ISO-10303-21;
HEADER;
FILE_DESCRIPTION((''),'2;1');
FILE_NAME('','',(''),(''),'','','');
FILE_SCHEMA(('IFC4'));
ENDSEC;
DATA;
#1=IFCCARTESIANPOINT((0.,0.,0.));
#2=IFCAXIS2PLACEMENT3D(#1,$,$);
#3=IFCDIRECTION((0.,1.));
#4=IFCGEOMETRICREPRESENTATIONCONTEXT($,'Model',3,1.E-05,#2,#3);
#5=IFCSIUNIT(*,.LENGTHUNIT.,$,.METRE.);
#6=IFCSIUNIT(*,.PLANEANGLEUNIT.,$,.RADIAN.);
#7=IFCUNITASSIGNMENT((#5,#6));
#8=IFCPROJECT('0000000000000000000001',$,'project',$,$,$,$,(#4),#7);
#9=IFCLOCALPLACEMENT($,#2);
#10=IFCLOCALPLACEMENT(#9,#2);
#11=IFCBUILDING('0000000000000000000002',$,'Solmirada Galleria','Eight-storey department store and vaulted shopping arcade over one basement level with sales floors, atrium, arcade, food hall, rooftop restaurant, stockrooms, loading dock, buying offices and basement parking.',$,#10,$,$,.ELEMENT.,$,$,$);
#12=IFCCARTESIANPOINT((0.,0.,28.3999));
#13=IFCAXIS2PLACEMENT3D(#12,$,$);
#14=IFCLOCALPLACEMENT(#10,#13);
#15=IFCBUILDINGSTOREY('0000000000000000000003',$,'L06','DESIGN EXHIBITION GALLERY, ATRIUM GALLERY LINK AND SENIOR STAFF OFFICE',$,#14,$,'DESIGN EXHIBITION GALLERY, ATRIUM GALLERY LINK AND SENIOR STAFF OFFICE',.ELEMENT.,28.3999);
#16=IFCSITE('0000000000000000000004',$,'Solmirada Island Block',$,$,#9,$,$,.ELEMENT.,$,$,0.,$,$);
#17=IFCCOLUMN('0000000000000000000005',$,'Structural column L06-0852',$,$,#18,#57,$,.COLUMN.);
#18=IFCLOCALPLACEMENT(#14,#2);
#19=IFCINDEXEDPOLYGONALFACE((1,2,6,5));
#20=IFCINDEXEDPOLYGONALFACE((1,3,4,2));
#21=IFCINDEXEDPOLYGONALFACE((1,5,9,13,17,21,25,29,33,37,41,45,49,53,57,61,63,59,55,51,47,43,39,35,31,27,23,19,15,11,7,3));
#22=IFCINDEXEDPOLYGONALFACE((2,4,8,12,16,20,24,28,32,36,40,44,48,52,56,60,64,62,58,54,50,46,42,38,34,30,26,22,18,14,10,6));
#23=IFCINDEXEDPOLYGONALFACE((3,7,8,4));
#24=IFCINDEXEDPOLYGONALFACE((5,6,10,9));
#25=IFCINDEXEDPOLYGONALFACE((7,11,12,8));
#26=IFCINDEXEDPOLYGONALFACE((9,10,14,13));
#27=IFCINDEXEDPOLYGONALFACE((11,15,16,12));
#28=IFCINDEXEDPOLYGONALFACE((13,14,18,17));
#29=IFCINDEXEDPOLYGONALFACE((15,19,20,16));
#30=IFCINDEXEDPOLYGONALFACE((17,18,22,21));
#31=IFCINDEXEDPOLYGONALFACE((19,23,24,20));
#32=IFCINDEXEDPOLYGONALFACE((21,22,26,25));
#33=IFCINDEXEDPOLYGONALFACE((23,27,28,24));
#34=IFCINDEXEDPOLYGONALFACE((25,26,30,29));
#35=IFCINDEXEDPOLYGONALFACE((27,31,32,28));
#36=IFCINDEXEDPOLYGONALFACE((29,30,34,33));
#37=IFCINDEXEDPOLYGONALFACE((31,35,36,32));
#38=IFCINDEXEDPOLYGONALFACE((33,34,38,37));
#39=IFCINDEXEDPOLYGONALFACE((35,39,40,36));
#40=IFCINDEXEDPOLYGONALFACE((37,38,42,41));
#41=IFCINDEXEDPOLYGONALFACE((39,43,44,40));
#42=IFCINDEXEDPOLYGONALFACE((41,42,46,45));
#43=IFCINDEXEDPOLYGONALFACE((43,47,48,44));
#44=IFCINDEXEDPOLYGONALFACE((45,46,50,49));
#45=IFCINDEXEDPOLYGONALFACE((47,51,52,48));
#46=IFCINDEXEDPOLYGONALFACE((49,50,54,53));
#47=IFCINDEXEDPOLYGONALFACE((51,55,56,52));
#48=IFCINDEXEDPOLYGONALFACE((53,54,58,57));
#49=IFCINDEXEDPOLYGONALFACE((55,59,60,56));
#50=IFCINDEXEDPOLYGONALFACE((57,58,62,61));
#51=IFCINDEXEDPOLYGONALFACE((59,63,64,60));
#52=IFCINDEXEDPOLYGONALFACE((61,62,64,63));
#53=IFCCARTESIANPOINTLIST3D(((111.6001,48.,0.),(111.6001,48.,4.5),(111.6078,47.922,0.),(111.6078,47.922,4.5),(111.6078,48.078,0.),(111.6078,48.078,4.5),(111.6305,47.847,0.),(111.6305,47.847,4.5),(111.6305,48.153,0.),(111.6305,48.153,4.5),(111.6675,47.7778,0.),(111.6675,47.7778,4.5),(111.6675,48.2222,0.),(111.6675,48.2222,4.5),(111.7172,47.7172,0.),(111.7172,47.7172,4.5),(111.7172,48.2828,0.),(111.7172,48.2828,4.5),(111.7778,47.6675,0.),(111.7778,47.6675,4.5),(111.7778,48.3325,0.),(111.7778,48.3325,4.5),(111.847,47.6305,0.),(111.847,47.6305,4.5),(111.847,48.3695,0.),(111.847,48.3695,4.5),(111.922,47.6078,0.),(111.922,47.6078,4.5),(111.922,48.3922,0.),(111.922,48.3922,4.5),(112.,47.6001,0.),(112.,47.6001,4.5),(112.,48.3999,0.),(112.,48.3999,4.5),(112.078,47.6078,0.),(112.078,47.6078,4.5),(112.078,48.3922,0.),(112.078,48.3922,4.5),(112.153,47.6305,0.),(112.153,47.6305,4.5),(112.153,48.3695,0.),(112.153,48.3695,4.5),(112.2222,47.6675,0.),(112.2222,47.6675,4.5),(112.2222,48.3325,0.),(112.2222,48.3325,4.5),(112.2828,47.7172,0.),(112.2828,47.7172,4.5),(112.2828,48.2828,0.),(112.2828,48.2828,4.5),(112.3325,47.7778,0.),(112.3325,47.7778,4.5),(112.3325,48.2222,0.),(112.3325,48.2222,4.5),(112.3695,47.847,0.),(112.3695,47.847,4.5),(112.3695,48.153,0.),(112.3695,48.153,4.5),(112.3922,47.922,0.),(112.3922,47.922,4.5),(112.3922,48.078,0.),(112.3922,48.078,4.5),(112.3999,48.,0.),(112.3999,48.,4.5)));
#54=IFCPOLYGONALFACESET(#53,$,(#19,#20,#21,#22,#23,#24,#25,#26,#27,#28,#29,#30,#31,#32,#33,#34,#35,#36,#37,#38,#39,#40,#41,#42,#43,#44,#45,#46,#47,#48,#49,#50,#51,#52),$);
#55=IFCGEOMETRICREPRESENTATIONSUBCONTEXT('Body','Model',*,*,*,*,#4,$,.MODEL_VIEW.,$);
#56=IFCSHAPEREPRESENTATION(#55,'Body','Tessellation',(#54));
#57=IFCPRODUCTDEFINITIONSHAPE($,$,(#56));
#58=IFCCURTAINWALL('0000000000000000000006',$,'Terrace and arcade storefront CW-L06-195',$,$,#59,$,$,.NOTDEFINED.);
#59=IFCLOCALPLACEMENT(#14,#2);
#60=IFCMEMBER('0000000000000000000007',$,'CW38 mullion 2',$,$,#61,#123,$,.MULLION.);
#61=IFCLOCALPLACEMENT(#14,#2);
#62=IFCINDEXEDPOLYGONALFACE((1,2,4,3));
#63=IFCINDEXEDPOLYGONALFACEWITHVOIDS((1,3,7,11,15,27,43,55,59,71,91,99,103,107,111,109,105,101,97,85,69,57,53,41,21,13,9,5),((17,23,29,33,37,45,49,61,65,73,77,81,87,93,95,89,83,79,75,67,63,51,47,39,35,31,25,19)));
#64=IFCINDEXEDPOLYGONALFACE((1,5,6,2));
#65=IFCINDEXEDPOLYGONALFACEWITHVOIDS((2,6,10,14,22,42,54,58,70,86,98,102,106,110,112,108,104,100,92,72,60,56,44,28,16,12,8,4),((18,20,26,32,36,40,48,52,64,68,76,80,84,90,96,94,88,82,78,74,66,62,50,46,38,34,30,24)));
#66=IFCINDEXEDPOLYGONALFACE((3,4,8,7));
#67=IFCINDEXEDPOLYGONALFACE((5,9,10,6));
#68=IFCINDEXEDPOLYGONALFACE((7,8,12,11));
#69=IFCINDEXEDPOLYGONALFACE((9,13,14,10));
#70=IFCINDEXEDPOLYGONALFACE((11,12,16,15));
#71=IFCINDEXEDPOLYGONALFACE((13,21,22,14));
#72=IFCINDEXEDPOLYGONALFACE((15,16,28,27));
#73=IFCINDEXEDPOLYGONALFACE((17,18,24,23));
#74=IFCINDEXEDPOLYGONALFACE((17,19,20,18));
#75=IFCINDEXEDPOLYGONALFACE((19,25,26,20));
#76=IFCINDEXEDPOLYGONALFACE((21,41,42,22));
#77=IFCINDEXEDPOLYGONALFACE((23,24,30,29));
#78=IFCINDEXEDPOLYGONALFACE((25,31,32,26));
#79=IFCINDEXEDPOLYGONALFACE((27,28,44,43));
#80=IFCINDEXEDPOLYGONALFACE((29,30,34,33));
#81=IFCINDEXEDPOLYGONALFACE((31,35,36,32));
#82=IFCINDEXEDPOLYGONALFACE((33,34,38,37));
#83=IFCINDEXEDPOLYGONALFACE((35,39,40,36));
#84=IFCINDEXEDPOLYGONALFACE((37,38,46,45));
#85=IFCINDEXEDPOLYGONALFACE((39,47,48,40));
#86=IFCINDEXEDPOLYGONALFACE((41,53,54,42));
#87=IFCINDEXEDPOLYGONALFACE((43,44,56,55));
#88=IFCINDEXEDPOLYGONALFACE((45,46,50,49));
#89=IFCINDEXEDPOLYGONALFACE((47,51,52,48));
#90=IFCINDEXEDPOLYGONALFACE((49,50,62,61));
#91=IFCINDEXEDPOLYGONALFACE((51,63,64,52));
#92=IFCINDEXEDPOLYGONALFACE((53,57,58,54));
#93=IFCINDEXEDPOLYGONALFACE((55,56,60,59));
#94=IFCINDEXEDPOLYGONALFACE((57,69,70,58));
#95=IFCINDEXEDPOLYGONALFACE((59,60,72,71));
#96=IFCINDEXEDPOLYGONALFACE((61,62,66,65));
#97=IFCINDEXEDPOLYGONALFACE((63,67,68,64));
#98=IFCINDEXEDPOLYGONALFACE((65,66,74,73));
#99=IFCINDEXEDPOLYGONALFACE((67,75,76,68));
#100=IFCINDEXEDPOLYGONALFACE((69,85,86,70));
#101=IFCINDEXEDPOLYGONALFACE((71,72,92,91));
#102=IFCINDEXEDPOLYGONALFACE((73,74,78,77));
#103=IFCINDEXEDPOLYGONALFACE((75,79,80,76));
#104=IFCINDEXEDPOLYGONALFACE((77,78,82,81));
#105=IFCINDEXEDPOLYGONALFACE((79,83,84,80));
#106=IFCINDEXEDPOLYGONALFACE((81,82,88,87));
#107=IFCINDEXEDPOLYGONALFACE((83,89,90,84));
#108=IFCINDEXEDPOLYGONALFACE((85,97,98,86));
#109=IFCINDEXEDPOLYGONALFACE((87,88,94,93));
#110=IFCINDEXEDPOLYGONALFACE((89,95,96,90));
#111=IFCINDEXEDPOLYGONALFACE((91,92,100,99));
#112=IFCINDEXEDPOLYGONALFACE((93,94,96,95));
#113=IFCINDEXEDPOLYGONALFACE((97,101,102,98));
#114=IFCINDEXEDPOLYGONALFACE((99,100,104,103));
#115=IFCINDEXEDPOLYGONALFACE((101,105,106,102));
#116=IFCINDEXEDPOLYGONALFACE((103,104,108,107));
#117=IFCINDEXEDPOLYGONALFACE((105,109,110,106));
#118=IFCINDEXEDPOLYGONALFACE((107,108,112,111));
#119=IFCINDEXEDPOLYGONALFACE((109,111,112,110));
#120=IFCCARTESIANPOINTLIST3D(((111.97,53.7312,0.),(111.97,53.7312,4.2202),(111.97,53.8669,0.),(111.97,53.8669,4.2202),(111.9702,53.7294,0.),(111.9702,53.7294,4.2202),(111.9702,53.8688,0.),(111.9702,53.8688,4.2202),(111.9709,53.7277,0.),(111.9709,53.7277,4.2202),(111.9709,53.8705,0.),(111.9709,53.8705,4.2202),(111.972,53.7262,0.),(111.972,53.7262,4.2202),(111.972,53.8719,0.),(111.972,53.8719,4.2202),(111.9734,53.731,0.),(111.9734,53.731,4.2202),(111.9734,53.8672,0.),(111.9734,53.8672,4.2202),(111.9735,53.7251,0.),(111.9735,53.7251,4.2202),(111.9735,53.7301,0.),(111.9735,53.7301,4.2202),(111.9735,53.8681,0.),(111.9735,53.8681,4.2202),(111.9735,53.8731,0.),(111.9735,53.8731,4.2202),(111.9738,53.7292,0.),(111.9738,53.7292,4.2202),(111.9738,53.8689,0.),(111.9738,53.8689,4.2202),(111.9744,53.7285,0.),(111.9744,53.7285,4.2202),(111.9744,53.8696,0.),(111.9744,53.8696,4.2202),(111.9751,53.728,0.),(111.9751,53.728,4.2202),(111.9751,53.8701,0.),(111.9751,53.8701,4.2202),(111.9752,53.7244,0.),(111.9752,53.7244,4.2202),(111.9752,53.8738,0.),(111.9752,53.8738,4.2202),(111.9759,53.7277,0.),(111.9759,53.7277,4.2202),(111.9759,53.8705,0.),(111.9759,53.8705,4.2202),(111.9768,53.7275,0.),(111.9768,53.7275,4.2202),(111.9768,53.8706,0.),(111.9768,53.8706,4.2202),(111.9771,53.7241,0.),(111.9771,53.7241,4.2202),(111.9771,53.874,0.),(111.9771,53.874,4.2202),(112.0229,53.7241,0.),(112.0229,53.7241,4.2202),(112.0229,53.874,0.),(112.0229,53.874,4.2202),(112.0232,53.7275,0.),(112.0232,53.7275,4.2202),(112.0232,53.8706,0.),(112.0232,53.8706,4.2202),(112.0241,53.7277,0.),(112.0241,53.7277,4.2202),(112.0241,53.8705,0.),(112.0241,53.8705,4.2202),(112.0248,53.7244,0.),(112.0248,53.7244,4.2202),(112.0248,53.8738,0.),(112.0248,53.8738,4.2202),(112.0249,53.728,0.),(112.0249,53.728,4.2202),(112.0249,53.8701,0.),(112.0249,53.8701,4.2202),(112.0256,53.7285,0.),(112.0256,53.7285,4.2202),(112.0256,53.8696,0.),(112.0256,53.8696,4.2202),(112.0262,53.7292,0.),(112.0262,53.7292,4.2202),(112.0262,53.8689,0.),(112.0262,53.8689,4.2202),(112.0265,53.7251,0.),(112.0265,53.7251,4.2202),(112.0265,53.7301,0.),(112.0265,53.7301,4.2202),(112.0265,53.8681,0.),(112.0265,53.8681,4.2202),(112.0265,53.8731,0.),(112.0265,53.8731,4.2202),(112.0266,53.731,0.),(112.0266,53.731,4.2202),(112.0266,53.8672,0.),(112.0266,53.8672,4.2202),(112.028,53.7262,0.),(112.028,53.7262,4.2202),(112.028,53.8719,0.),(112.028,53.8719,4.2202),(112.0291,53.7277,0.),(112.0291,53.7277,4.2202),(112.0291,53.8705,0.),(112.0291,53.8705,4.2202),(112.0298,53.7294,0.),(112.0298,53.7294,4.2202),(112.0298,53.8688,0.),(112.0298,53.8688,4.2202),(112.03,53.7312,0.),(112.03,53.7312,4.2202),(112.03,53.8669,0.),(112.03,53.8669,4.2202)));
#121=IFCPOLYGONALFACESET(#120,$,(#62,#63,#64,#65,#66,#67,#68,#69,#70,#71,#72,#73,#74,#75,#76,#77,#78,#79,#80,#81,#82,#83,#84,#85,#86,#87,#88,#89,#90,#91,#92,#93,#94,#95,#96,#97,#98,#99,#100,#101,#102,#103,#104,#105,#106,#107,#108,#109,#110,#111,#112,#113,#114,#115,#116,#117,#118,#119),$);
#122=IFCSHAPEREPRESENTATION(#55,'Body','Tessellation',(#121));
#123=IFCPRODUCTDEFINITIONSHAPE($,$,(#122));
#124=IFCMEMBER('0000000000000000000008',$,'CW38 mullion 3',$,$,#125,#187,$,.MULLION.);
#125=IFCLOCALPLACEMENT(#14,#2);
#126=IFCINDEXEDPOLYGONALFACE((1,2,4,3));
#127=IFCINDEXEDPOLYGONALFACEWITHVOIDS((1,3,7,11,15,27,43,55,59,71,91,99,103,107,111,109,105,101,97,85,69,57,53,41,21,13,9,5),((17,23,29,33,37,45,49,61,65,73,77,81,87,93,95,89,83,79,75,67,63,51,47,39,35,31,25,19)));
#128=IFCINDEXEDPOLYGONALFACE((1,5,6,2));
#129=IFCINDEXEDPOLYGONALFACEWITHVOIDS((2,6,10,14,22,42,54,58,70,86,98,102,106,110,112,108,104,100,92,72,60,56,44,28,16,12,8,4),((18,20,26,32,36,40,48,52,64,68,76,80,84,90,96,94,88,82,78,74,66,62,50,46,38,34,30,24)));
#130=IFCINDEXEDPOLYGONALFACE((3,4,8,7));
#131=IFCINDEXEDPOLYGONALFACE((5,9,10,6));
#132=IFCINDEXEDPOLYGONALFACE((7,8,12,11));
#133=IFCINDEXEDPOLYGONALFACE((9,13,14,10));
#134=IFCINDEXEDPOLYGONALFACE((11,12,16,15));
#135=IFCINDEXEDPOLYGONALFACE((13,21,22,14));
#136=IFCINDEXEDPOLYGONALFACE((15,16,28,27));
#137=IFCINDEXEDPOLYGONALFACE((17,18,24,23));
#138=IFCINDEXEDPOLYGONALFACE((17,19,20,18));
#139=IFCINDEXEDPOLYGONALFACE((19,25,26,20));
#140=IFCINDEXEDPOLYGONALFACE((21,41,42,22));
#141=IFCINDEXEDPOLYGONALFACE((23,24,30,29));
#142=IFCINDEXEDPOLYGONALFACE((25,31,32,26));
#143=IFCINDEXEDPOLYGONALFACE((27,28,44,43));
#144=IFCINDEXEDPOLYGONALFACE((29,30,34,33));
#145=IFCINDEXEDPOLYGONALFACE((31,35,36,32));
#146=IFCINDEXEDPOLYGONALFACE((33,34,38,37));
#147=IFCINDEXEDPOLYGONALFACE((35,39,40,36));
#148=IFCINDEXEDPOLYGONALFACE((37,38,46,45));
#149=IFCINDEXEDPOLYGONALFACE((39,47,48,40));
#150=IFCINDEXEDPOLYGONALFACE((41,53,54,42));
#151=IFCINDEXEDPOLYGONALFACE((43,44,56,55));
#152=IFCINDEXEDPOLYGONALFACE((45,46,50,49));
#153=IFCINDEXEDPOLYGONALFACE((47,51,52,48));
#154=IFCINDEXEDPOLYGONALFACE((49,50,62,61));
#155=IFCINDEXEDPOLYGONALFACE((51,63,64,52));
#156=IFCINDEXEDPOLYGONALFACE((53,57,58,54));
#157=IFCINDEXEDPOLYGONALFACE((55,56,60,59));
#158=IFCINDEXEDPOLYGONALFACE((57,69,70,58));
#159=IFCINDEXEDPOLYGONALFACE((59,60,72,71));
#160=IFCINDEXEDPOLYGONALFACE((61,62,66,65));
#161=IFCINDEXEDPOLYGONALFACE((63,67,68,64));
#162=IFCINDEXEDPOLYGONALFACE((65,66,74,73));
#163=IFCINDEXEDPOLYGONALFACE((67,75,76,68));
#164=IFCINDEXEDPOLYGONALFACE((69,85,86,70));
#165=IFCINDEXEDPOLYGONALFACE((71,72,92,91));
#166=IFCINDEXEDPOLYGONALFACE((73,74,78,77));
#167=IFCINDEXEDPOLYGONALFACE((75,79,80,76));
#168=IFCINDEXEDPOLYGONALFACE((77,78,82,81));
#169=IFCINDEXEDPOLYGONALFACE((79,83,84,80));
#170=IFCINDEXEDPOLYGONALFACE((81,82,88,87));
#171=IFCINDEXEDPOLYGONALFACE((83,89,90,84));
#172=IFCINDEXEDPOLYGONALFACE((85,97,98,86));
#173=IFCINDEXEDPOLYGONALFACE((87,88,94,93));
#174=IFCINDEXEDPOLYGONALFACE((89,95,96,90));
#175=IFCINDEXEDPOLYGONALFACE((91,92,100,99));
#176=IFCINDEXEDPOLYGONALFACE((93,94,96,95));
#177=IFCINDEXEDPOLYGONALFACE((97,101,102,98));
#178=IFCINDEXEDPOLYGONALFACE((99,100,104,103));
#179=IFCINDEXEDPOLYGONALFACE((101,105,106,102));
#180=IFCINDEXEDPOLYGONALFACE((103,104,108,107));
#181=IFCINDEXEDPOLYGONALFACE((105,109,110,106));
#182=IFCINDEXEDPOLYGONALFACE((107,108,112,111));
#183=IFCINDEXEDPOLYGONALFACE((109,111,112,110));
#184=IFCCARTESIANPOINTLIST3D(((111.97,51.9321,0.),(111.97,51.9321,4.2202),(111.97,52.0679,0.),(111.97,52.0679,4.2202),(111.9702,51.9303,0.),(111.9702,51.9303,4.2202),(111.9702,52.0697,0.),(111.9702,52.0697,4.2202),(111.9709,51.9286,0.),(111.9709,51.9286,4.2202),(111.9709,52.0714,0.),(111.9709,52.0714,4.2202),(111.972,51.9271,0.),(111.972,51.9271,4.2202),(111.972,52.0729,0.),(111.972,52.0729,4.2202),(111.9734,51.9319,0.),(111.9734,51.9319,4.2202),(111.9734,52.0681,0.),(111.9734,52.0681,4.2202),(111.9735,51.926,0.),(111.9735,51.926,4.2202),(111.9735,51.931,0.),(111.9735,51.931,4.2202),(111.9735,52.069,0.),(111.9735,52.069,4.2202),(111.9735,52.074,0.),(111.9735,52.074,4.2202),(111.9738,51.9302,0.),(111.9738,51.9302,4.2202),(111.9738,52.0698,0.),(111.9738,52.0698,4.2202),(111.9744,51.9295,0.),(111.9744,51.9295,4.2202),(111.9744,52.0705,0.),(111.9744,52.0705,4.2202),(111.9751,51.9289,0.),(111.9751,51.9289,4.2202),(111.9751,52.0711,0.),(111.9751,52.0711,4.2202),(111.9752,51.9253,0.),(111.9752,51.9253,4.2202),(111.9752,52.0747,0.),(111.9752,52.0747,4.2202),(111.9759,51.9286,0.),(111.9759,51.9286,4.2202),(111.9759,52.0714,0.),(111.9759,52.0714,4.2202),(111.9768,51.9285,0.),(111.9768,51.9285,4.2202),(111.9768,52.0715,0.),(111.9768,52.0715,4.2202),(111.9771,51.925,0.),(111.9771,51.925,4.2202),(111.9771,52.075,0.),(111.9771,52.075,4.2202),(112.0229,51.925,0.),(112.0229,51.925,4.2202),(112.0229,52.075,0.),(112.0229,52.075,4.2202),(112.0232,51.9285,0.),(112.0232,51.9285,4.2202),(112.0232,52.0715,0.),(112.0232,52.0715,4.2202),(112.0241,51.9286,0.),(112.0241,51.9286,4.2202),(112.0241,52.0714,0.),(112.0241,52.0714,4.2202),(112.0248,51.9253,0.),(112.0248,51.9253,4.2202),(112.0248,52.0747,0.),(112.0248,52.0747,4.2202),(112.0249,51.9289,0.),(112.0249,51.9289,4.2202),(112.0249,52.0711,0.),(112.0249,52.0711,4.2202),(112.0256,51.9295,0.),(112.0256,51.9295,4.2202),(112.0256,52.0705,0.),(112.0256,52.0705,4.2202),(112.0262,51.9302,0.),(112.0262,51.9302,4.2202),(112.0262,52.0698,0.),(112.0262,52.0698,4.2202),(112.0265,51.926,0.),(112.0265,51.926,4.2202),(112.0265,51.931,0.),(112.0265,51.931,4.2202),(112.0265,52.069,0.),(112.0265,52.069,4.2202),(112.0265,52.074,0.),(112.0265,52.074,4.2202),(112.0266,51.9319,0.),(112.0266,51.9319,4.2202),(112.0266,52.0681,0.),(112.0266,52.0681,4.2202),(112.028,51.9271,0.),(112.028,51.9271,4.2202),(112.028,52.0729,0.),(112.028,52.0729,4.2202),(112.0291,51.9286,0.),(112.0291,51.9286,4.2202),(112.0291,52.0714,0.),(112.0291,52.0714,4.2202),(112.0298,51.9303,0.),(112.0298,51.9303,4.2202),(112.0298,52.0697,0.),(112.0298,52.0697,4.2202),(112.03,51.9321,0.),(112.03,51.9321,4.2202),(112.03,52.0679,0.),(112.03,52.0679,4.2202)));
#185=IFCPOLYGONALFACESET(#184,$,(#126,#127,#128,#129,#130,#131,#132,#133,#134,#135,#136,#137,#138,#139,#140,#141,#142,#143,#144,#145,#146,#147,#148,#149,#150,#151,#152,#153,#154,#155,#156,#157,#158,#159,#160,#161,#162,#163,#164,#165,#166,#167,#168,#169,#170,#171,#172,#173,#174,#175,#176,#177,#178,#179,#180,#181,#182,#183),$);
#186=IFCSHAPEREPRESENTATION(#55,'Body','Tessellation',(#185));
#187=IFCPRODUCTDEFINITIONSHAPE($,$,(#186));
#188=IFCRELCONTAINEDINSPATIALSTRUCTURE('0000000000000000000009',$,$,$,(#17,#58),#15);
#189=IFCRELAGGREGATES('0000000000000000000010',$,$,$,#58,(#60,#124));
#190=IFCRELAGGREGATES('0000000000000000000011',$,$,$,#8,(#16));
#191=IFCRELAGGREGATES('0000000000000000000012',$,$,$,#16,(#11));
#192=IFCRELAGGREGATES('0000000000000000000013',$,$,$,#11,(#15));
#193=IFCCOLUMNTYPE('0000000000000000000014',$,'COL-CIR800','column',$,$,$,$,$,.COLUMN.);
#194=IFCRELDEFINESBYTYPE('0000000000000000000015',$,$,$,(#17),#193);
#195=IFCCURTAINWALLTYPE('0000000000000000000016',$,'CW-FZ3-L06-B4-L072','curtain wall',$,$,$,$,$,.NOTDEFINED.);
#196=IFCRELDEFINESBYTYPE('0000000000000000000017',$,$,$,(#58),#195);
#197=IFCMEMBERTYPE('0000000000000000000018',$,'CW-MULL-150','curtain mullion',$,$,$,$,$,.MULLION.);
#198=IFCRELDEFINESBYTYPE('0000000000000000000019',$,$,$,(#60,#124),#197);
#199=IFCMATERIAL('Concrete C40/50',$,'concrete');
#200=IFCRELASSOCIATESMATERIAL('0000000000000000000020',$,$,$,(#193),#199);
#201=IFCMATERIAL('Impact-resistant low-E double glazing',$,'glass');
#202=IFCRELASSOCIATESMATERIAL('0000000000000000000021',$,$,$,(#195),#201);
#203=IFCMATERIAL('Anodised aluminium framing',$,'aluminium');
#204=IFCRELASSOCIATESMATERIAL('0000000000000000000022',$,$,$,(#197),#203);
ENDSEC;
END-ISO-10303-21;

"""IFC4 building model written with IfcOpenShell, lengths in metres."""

from ifc_helpers import new_model, si_unit, direction, frame, origin, origin_2d, place, context, subcontext, project, spatial, hollow_rectangle, circle, extrude, material, material_profile, profile_set, type_object, element, aggregate, save


model = new_model("IFC4")

# Units and contexts
model_context = context("Model", 3, precision=1e-05, world=origin(), true_north=direction((0.0, 1.0)))
body_context = subcontext(model_context, "Body", "Model", "MODEL_VIEW")
ifc_project = project(units=[si_unit("LENGTHUNIT", "METRE"), si_unit("PLANEANGLEUNIT", "RADIAN")], contexts=[model_context])

# Site, building, storey
site_placement = place(None, origin())
site = spatial("IfcSite", under=ifc_project, at=site_placement, Name="Solmirada Island Block", CompositionType="ELEMENT", RefElevation=0.0)
building_placement = place(site_placement, origin())
building = spatial("IfcBuilding", under=site, at=building_placement, Name="Solmirada Galleria", Description="Eight-storey department store and vaulted shopping arcade over one basement level with sales floors, atrium, arcade, food hall, rooftop restaurant, stockrooms, loading dock, buying offices and basement parking.", CompositionType="ELEMENT")
storey_placement = place(building_placement, frame((0.0, 0.0, 28.3999)))
storey = spatial("IfcBuildingStorey", under=building, at=storey_placement, Name="L06", Description="DESIGN EXHIBITION GALLERY, ATRIUM GALLERY LINK AND SENIOR STAFF OFFICE", LongName="DESIGN EXHIBITION GALLERY, ATRIUM GALLERY LINK AND SENIOR STAFF OFFICE", CompositionType="ELEMENT", Elevation=28.3999)

# Column
ifc_material_1 = material(Name="Concrete C40/50", Category="concrete")
ifc_material_profile_1 = material_profile(ifc_material_1, circle(Radius=0.3999, at=origin_2d()), Name="RCCOL800")
ifc_profile_set_1 = profile_set([ifc_material_profile_1], Name="Concrete C40/50")
column_type = type_object("IfcColumnType", Name="COL-CIR800", Description="column", PredefinedType="COLUMN", material=ifc_profile_set_1)
column_placement = place(storey_placement, frame((112.0, 48.0, 0.0), z_axis=(0.0, 0.0, 1.0), x_axis=(1.0, 0.0, 0.0)))
element("IfcColumn", 1, at=column_placement, inside=storey, type_object=column_type, Name="Structural column L06-0852", PredefinedType="COLUMN", context=body_context, shape_type="SweptSolid", body=[
    extrude(circle(Radius=0.3999, at=origin_2d()), origin(), (0.0, 0.0, 1.0), 4.5),
])

# Curtain wall, members
ifc_material_2 = material(Name="Impact-resistant low-E double glazing", Category="glass")
curtain_wall_type = type_object("IfcCurtainWallType", Name="CW-FZ3-L06-B4-L072", Description="curtain wall", PredefinedType="NOTDEFINED", material=ifc_material_2)
curtain_wall_1_placement = place(storey_placement, origin())
curtain_wall_1 = element("IfcCurtainWall", 2, at=curtain_wall_1_placement, inside=storey, type_object=curtain_wall_type, Name="Terrace and arcade storefront CW-L06-195", PredefinedType="NOTDEFINED")
ifc_material_3 = material(Name="Anodised aluminium framing", Category="aluminium")
ifc_material_profile_2 = material_profile(ifc_material_3, hollow_rectangle(XDim=0.0601, YDim=0.1499, WallThickness=0.0034, InnerFilletRadius=0.0034, OuterFilletRadius=0.0071, at=origin_2d()), Name="ALU-MULL-150X60")
ifc_profile_set_2 = profile_set([ifc_material_profile_2], Name="Anodised aluminium framing")
member_type_1 = type_object("IfcMemberType", Name="CW-MULL-150", Description="curtain mullion", PredefinedType="MULLION", material=ifc_profile_set_2)
member_1_placement = place(storey_placement, frame((112.0, 53.7991, 0.0), z_axis=(0.0, 0.0, 1.0), x_axis=(1.0, 0.0, 0.0)))
member_1 = element("IfcMember", 3, at=member_1_placement, type_object=member_type_1, Name="CW38 mullion 2", PredefinedType="MULLION", context=body_context, shape_type="SweptSolid", body=[
    extrude(hollow_rectangle(XDim=0.0601, YDim=0.1499, WallThickness=0.0034, InnerFilletRadius=0.0034, OuterFilletRadius=0.0071, at=origin_2d()), origin(), (0.0, 0.0, 1.0), 4.2202),
])
member_2_placement = place(storey_placement, frame((112.0, 52.0, 0.0), z_axis=(0.0, 0.0, 1.0), x_axis=(1.0, 0.0, 0.0)))
member_2 = element("IfcMember", 4, at=member_2_placement, type_object=member_type_1, Name="CW38 mullion 3", PredefinedType="MULLION", context=body_context, shape_type="SweptSolid", body=[
    extrude(hollow_rectangle(XDim=0.0601, YDim=0.1499, WallThickness=0.0034, InnerFilletRadius=0.0034, OuterFilletRadius=0.0071, at=origin_2d()), origin(), (0.0, 0.0, 1.0), 4.2202),
])

aggregate(curtain_wall_1, [member_1, member_2])

save(model, "model.ifc")
